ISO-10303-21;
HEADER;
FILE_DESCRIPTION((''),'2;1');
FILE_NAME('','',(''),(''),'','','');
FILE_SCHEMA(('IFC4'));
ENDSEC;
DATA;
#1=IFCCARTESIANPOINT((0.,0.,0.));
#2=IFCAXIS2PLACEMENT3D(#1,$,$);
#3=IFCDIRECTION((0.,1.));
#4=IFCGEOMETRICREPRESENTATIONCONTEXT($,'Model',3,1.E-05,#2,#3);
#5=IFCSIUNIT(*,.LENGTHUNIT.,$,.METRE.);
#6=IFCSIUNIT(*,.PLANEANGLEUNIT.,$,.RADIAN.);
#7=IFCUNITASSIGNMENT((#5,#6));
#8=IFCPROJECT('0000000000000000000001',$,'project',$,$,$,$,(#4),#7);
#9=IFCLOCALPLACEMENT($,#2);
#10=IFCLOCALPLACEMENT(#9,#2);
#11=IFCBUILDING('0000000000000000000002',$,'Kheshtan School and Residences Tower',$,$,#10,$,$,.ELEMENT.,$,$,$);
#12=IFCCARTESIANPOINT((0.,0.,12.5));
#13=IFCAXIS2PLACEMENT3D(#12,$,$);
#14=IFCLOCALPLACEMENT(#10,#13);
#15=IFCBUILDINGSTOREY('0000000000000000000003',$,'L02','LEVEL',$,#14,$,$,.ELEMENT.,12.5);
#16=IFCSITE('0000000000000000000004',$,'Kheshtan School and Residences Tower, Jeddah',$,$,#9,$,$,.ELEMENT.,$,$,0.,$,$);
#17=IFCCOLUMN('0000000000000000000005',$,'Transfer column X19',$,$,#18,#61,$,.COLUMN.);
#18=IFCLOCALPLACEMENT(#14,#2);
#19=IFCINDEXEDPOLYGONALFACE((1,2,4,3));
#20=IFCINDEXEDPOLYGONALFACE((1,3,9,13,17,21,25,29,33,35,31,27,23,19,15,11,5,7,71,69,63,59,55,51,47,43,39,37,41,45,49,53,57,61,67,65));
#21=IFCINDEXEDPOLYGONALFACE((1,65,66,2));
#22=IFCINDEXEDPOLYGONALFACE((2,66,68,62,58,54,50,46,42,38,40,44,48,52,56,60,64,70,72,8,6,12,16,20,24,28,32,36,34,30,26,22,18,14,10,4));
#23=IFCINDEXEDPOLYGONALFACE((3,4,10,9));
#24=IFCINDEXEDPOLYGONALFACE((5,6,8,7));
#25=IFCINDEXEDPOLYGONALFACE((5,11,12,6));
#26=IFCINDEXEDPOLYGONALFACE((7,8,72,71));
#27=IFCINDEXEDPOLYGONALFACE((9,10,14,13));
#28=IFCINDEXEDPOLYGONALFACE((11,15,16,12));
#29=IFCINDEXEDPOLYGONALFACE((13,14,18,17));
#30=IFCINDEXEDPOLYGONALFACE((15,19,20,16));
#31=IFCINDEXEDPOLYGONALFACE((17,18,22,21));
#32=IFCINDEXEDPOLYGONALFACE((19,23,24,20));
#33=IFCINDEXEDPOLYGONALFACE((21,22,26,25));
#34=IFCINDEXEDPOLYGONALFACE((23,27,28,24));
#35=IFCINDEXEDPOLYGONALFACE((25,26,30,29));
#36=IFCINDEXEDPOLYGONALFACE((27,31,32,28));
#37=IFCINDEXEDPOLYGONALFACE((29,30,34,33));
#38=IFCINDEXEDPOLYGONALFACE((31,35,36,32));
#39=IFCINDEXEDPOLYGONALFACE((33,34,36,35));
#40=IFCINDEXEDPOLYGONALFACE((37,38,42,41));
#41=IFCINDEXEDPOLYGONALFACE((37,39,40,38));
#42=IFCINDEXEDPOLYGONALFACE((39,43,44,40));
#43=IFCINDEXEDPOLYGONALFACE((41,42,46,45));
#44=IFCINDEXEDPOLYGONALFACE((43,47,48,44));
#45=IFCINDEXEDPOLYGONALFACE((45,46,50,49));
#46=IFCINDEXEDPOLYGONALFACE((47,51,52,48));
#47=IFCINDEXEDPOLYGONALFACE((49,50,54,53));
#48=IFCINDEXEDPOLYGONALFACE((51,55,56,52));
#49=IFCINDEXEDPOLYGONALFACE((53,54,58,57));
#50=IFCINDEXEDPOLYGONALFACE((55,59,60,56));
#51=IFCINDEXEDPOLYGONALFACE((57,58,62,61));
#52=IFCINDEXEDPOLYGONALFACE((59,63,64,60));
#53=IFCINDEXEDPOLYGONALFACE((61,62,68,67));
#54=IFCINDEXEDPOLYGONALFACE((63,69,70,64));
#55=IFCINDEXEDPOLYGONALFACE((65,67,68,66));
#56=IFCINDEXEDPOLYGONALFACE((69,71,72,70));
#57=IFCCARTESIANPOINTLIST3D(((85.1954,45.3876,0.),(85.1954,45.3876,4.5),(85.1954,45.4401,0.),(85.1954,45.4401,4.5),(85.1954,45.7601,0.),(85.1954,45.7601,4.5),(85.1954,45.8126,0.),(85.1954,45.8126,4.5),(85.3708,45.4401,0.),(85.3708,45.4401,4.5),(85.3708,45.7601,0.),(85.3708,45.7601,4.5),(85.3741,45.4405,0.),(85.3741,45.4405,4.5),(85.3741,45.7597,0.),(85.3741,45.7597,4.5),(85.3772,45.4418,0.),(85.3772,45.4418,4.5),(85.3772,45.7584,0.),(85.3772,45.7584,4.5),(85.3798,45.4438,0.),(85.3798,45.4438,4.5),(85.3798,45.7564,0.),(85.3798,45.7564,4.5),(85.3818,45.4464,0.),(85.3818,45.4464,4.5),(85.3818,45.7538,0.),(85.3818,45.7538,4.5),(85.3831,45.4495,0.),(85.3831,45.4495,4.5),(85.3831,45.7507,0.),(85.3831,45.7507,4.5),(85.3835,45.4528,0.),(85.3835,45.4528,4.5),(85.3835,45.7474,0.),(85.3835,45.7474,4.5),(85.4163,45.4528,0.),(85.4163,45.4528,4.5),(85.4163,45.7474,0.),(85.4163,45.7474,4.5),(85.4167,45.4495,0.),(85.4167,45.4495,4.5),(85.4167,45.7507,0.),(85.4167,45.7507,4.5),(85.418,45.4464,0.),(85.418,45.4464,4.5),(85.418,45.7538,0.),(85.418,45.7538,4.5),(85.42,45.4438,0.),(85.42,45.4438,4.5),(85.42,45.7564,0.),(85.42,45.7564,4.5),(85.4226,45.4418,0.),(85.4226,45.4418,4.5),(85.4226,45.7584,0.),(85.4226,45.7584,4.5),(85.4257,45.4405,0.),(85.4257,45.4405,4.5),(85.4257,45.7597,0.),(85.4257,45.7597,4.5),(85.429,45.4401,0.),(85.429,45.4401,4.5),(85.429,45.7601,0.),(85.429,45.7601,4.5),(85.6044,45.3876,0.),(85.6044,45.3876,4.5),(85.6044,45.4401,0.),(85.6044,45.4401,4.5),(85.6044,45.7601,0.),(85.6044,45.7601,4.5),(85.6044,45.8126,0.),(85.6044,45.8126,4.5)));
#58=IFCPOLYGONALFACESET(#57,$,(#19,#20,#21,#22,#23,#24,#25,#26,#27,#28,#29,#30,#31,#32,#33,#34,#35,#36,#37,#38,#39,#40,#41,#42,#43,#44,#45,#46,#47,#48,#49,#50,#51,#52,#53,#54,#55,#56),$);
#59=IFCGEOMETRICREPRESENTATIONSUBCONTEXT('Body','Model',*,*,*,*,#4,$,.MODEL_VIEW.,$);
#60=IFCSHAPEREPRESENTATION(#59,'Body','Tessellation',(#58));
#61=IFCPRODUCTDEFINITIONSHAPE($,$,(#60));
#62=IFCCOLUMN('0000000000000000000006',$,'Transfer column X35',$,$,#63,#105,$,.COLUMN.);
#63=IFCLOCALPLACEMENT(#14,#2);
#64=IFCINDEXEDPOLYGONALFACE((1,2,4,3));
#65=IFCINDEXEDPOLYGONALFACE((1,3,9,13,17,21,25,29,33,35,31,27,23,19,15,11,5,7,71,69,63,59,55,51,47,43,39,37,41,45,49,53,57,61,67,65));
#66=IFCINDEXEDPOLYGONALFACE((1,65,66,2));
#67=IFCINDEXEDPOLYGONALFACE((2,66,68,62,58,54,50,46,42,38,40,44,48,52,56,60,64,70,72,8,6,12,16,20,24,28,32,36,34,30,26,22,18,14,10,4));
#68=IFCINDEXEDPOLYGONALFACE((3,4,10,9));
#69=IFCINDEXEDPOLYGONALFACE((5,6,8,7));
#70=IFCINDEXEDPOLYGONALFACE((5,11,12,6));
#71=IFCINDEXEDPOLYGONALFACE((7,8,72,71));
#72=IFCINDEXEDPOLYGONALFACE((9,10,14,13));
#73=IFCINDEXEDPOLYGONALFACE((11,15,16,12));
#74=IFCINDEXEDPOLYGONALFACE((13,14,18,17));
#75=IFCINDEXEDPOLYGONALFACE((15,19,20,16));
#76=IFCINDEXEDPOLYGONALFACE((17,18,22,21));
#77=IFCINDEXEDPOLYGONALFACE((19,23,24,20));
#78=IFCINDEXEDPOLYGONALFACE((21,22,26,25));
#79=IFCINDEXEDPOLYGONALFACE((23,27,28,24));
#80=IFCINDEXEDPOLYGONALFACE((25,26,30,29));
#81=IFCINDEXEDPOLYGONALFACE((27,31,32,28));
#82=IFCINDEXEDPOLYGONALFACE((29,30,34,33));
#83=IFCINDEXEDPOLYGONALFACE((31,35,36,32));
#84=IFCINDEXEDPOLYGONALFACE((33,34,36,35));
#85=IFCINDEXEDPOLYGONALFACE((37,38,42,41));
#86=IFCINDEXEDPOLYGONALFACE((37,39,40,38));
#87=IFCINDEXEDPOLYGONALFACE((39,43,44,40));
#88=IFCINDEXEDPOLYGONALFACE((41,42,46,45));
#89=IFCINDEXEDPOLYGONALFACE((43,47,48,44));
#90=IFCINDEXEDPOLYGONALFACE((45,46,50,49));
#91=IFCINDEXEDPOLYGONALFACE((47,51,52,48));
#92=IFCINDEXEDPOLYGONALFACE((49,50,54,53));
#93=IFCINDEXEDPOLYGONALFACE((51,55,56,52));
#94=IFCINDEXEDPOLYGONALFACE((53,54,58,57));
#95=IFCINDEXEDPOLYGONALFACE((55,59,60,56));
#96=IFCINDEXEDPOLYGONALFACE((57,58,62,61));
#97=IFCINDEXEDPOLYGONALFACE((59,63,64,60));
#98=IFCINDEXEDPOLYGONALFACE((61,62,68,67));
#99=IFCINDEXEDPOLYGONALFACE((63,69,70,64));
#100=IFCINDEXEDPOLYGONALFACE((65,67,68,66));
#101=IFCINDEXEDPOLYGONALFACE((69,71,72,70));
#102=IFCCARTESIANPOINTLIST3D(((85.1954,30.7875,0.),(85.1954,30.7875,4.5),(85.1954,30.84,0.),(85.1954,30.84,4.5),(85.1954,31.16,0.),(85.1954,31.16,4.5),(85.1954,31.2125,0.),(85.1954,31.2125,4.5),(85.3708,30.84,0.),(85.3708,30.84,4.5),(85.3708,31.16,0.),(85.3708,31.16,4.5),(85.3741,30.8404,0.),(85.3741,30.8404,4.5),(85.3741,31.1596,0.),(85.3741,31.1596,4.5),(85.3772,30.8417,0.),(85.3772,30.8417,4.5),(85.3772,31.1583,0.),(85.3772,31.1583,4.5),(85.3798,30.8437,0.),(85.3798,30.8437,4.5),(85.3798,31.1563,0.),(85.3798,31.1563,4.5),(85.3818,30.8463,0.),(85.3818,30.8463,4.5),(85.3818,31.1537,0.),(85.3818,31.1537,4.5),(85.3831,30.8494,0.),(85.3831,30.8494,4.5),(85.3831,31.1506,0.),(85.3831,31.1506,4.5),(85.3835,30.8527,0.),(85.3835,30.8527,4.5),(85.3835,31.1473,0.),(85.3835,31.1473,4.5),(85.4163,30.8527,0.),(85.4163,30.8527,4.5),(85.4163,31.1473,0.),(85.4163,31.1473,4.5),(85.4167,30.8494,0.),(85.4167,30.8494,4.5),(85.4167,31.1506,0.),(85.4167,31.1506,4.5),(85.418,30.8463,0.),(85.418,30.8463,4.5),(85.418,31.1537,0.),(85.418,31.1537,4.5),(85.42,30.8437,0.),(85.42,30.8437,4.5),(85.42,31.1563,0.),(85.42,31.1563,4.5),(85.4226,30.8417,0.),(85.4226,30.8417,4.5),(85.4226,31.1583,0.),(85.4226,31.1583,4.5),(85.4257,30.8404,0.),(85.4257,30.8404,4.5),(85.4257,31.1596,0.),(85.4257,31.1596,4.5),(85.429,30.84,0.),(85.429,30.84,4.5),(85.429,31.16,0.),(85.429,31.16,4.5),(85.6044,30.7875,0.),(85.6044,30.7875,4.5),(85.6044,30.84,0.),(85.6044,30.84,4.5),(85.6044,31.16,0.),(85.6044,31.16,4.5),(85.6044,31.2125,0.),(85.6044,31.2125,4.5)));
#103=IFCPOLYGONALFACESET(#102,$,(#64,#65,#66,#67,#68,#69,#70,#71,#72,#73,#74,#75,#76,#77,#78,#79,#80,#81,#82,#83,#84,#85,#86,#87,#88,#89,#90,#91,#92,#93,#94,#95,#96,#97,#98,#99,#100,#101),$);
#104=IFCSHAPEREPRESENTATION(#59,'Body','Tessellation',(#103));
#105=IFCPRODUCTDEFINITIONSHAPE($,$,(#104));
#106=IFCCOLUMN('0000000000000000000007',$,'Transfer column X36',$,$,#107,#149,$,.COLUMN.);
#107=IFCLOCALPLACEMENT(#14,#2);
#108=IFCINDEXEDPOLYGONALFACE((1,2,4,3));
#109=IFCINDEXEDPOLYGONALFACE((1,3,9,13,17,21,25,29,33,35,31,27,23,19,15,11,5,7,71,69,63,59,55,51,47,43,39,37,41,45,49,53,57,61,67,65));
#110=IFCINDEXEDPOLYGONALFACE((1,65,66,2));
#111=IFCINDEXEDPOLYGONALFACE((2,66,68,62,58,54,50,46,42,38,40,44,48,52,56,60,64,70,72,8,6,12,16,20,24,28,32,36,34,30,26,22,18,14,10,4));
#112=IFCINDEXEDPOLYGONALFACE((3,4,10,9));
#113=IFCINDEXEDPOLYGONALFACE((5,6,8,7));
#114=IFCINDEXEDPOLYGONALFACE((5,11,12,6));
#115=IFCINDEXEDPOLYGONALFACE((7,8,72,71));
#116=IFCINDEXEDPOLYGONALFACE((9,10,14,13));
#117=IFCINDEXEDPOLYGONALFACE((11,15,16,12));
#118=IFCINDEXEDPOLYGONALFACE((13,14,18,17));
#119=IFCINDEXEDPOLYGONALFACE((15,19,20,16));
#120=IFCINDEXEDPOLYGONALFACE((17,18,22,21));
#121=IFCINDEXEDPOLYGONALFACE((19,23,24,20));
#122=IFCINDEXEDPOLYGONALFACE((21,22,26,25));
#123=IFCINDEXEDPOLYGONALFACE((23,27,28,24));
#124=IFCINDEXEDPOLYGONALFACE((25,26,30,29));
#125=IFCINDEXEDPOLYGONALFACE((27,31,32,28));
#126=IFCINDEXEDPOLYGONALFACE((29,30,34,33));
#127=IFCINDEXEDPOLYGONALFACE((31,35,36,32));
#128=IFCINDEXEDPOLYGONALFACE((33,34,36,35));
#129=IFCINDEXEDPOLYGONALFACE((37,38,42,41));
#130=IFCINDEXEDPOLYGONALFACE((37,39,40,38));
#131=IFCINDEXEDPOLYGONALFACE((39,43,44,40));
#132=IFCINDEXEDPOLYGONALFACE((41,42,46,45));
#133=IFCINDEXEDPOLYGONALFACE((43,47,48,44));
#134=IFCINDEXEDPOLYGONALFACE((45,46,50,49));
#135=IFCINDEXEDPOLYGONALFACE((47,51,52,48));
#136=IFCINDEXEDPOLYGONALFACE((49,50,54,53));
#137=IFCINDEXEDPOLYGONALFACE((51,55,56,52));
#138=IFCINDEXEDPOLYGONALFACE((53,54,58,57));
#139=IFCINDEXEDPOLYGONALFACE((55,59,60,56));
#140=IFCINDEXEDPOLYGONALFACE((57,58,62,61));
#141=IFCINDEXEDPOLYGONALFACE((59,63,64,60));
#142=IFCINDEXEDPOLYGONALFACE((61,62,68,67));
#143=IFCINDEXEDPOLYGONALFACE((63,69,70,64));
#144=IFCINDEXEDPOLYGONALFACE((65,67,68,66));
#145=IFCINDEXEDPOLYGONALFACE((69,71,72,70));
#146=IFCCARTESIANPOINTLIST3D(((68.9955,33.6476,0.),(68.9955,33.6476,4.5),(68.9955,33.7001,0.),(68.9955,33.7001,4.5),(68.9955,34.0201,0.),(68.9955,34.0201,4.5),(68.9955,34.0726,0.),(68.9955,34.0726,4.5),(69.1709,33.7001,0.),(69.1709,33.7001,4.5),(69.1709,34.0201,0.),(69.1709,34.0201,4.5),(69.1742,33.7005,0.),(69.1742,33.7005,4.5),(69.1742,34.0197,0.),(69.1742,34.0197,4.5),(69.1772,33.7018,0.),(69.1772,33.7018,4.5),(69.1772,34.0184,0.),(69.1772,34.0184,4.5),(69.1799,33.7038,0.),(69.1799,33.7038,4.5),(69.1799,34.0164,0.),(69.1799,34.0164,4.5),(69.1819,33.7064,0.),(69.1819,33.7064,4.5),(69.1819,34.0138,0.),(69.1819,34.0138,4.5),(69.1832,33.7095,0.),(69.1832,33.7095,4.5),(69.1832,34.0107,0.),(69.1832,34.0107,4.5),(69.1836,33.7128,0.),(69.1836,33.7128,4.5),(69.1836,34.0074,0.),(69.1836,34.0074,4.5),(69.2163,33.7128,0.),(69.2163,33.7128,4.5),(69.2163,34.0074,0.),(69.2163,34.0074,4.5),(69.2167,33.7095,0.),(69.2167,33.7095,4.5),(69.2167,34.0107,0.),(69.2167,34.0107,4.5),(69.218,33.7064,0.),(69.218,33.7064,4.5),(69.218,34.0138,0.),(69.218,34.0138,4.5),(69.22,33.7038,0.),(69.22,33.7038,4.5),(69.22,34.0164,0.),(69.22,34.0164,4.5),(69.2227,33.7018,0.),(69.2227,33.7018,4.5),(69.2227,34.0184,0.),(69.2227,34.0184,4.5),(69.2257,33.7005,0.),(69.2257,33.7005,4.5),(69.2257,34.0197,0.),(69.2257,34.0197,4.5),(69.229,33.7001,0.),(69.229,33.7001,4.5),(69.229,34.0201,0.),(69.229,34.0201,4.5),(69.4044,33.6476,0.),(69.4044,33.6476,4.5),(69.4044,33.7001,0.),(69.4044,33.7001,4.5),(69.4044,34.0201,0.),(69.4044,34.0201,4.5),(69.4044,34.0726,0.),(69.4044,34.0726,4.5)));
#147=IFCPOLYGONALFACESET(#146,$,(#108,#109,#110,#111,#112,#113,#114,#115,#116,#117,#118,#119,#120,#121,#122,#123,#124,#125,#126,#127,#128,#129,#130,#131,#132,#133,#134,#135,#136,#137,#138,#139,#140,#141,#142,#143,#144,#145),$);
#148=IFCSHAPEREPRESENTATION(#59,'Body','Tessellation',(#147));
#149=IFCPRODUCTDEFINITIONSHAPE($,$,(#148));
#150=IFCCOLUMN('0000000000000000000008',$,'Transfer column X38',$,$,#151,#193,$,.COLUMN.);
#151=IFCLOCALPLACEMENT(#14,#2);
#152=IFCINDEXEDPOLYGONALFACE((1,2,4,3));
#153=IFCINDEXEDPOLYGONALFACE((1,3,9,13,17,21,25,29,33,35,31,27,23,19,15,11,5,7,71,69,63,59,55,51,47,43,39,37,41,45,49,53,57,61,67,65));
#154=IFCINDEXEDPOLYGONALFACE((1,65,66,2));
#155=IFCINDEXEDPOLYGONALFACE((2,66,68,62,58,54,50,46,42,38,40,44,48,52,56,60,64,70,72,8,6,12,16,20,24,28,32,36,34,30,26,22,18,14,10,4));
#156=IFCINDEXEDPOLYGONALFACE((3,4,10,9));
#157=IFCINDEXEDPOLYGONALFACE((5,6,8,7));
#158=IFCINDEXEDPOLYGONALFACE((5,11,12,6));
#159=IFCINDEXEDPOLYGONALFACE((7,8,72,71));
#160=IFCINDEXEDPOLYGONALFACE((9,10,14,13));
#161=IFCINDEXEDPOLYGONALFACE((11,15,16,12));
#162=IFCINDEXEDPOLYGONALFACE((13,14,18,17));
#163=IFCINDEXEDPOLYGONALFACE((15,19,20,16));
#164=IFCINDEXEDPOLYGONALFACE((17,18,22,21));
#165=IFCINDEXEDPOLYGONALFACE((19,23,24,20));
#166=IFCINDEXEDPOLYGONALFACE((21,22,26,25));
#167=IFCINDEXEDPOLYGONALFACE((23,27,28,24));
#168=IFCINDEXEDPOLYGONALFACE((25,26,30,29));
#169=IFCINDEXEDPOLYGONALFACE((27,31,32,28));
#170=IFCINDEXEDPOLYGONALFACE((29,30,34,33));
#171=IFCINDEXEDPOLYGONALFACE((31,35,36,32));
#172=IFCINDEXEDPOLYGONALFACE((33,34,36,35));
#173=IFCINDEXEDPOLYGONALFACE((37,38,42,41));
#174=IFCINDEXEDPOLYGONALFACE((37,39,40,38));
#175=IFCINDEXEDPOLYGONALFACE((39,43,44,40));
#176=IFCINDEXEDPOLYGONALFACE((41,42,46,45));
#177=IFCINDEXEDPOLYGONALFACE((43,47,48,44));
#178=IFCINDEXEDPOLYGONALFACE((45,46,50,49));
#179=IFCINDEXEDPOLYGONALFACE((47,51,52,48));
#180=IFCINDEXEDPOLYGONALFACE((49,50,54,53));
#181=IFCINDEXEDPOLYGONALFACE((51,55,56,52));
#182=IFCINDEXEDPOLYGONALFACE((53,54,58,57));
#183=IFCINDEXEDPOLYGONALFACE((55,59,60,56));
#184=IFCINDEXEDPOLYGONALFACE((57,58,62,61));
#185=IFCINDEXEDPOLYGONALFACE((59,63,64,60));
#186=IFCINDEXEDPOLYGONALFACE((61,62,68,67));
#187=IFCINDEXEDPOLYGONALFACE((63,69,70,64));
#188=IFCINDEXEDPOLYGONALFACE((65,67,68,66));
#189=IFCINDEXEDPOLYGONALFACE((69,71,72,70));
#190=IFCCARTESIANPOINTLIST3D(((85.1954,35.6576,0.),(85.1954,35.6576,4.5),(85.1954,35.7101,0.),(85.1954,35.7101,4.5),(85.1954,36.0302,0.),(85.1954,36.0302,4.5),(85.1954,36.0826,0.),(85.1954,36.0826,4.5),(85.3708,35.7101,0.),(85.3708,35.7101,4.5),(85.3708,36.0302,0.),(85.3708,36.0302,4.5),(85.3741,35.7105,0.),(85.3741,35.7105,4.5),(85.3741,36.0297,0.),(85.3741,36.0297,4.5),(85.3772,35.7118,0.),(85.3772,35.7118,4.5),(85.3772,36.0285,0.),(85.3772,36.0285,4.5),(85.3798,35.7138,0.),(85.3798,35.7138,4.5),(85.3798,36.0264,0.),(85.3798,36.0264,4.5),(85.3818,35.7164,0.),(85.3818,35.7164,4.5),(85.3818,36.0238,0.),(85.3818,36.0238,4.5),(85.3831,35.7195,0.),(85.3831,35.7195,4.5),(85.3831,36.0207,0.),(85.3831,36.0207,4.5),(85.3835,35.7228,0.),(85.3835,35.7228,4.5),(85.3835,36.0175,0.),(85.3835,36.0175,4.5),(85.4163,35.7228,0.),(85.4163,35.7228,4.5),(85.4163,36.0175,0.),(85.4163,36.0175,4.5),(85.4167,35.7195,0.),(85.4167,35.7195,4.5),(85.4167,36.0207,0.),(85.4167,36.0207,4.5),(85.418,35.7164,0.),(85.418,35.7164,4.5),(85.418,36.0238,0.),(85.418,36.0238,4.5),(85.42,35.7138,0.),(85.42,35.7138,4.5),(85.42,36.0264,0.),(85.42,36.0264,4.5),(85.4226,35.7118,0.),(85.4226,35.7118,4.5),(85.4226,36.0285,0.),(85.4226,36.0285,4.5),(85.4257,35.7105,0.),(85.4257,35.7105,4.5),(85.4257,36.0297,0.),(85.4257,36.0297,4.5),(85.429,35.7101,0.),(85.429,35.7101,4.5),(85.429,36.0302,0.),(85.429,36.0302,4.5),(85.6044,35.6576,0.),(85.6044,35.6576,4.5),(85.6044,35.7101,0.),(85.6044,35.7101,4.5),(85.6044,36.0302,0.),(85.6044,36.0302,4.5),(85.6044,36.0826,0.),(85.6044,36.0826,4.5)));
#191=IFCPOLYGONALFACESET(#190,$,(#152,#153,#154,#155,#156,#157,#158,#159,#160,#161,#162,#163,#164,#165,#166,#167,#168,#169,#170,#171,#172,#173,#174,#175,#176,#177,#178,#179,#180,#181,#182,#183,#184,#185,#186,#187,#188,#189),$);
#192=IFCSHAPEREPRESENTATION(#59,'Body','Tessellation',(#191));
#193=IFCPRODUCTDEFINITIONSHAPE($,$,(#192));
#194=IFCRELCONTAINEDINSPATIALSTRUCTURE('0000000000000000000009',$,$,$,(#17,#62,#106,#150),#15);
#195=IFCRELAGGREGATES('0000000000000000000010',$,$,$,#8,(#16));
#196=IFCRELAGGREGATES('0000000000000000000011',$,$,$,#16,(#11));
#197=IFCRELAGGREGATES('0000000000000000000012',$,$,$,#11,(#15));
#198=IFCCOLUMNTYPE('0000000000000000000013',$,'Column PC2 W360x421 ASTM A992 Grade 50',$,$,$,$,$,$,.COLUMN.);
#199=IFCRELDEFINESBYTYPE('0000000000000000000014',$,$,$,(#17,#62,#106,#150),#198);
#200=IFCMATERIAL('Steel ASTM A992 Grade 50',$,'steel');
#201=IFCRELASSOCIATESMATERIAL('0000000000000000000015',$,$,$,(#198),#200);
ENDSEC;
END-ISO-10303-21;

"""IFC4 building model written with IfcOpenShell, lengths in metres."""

from ifc_helpers import new_model, si_unit, direction, frame, origin, origin_2d, place, context, subcontext, project, spatial, i_section, extrude, material, material_profile, profile_set, type_object, element, save


model = new_model("IFC4")

# Units and contexts
model_context = context("Model", 3, precision=1e-05, world=origin(), true_north=direction((0.0, 1.0)))
body_context = subcontext(model_context, "Body", "Model", "MODEL_VIEW")
ifc_project = project(units=[si_unit("LENGTHUNIT", "METRE"), si_unit("PLANEANGLEUNIT", "RADIAN")], contexts=[model_context])

# Site, building, storey
site_placement = place(None, origin())
site = spatial("IfcSite", under=ifc_project, at=site_placement, Name="Kheshtan School and Residences Tower, Jeddah", CompositionType="ELEMENT", RefElevation=0.0)
building_placement = place(site_placement, origin())
building = spatial("IfcBuilding", under=site, at=building_placement, Name="Kheshtan School and Residences Tower", CompositionType="ELEMENT")
storey_placement = place(building_placement, frame((0.0, 0.0, 12.5)))
storey = spatial("IfcBuildingStorey", under=building, at=storey_placement, Name="L02", Description="LEVEL", CompositionType="ELEMENT", Elevation=12.5)

# Columns
ifc_material_1 = material(Name="Steel ASTM A992 Grade 50", Category="steel")
ifc_material_profile_1 = material_profile(ifc_material_1, i_section(OverallWidth=0.4089, OverallDepth=0.425, WebThickness=0.0327, FlangeThickness=0.0525, FilletRadius=0.0127, at=origin_2d()), Name="W360x421")
ifc_profile_set_1 = profile_set([ifc_material_profile_1], Name="Steel ASTM A992 Grade 50")
column_type = type_object("IfcColumnType", Name="Column PC2 W360x421 ASTM A992 Grade 50", PredefinedType="COLUMN", material=ifc_profile_set_1)
for number, where, z_axis, x_axis, name in (
    (1, (85.3999, 45.6001, 0.0), (0.0, 0.0, 1.0), (1.0, 0.0, 0.0), "Transfer column X19"),
    (2, (85.3999, 31.0, 0.0), (0.0, 0.0, 1.0), (1.0, 0.0, 0.0), "Transfer column X35"),
    (3, (69.2, 33.8601, 0.0), (0.0, 0.0, 1.0), (1.0, 0.0, 0.0), "Transfer column X36"),
    (4, (85.3999, 35.8701, 0.0), (0.0, 0.0, 1.0), (1.0, 0.0, 0.0), "Transfer column X38"),
):
    element("IfcColumn", number, at=place(storey_placement, frame(where, z_axis=z_axis, x_axis=x_axis)), inside=storey, type_object=column_type, Name=name, PredefinedType="COLUMN", context=body_context, shape_type="SweptSolid", body=[
        extrude(i_section(OverallWidth=0.4089, OverallDepth=0.425, WebThickness=0.0327, FlangeThickness=0.0525, FilletRadius=0.0127, at=origin_2d()), origin(), (0.0, 0.0, 1.0), 4.5),
    ])

save(model, "model.ifc")
